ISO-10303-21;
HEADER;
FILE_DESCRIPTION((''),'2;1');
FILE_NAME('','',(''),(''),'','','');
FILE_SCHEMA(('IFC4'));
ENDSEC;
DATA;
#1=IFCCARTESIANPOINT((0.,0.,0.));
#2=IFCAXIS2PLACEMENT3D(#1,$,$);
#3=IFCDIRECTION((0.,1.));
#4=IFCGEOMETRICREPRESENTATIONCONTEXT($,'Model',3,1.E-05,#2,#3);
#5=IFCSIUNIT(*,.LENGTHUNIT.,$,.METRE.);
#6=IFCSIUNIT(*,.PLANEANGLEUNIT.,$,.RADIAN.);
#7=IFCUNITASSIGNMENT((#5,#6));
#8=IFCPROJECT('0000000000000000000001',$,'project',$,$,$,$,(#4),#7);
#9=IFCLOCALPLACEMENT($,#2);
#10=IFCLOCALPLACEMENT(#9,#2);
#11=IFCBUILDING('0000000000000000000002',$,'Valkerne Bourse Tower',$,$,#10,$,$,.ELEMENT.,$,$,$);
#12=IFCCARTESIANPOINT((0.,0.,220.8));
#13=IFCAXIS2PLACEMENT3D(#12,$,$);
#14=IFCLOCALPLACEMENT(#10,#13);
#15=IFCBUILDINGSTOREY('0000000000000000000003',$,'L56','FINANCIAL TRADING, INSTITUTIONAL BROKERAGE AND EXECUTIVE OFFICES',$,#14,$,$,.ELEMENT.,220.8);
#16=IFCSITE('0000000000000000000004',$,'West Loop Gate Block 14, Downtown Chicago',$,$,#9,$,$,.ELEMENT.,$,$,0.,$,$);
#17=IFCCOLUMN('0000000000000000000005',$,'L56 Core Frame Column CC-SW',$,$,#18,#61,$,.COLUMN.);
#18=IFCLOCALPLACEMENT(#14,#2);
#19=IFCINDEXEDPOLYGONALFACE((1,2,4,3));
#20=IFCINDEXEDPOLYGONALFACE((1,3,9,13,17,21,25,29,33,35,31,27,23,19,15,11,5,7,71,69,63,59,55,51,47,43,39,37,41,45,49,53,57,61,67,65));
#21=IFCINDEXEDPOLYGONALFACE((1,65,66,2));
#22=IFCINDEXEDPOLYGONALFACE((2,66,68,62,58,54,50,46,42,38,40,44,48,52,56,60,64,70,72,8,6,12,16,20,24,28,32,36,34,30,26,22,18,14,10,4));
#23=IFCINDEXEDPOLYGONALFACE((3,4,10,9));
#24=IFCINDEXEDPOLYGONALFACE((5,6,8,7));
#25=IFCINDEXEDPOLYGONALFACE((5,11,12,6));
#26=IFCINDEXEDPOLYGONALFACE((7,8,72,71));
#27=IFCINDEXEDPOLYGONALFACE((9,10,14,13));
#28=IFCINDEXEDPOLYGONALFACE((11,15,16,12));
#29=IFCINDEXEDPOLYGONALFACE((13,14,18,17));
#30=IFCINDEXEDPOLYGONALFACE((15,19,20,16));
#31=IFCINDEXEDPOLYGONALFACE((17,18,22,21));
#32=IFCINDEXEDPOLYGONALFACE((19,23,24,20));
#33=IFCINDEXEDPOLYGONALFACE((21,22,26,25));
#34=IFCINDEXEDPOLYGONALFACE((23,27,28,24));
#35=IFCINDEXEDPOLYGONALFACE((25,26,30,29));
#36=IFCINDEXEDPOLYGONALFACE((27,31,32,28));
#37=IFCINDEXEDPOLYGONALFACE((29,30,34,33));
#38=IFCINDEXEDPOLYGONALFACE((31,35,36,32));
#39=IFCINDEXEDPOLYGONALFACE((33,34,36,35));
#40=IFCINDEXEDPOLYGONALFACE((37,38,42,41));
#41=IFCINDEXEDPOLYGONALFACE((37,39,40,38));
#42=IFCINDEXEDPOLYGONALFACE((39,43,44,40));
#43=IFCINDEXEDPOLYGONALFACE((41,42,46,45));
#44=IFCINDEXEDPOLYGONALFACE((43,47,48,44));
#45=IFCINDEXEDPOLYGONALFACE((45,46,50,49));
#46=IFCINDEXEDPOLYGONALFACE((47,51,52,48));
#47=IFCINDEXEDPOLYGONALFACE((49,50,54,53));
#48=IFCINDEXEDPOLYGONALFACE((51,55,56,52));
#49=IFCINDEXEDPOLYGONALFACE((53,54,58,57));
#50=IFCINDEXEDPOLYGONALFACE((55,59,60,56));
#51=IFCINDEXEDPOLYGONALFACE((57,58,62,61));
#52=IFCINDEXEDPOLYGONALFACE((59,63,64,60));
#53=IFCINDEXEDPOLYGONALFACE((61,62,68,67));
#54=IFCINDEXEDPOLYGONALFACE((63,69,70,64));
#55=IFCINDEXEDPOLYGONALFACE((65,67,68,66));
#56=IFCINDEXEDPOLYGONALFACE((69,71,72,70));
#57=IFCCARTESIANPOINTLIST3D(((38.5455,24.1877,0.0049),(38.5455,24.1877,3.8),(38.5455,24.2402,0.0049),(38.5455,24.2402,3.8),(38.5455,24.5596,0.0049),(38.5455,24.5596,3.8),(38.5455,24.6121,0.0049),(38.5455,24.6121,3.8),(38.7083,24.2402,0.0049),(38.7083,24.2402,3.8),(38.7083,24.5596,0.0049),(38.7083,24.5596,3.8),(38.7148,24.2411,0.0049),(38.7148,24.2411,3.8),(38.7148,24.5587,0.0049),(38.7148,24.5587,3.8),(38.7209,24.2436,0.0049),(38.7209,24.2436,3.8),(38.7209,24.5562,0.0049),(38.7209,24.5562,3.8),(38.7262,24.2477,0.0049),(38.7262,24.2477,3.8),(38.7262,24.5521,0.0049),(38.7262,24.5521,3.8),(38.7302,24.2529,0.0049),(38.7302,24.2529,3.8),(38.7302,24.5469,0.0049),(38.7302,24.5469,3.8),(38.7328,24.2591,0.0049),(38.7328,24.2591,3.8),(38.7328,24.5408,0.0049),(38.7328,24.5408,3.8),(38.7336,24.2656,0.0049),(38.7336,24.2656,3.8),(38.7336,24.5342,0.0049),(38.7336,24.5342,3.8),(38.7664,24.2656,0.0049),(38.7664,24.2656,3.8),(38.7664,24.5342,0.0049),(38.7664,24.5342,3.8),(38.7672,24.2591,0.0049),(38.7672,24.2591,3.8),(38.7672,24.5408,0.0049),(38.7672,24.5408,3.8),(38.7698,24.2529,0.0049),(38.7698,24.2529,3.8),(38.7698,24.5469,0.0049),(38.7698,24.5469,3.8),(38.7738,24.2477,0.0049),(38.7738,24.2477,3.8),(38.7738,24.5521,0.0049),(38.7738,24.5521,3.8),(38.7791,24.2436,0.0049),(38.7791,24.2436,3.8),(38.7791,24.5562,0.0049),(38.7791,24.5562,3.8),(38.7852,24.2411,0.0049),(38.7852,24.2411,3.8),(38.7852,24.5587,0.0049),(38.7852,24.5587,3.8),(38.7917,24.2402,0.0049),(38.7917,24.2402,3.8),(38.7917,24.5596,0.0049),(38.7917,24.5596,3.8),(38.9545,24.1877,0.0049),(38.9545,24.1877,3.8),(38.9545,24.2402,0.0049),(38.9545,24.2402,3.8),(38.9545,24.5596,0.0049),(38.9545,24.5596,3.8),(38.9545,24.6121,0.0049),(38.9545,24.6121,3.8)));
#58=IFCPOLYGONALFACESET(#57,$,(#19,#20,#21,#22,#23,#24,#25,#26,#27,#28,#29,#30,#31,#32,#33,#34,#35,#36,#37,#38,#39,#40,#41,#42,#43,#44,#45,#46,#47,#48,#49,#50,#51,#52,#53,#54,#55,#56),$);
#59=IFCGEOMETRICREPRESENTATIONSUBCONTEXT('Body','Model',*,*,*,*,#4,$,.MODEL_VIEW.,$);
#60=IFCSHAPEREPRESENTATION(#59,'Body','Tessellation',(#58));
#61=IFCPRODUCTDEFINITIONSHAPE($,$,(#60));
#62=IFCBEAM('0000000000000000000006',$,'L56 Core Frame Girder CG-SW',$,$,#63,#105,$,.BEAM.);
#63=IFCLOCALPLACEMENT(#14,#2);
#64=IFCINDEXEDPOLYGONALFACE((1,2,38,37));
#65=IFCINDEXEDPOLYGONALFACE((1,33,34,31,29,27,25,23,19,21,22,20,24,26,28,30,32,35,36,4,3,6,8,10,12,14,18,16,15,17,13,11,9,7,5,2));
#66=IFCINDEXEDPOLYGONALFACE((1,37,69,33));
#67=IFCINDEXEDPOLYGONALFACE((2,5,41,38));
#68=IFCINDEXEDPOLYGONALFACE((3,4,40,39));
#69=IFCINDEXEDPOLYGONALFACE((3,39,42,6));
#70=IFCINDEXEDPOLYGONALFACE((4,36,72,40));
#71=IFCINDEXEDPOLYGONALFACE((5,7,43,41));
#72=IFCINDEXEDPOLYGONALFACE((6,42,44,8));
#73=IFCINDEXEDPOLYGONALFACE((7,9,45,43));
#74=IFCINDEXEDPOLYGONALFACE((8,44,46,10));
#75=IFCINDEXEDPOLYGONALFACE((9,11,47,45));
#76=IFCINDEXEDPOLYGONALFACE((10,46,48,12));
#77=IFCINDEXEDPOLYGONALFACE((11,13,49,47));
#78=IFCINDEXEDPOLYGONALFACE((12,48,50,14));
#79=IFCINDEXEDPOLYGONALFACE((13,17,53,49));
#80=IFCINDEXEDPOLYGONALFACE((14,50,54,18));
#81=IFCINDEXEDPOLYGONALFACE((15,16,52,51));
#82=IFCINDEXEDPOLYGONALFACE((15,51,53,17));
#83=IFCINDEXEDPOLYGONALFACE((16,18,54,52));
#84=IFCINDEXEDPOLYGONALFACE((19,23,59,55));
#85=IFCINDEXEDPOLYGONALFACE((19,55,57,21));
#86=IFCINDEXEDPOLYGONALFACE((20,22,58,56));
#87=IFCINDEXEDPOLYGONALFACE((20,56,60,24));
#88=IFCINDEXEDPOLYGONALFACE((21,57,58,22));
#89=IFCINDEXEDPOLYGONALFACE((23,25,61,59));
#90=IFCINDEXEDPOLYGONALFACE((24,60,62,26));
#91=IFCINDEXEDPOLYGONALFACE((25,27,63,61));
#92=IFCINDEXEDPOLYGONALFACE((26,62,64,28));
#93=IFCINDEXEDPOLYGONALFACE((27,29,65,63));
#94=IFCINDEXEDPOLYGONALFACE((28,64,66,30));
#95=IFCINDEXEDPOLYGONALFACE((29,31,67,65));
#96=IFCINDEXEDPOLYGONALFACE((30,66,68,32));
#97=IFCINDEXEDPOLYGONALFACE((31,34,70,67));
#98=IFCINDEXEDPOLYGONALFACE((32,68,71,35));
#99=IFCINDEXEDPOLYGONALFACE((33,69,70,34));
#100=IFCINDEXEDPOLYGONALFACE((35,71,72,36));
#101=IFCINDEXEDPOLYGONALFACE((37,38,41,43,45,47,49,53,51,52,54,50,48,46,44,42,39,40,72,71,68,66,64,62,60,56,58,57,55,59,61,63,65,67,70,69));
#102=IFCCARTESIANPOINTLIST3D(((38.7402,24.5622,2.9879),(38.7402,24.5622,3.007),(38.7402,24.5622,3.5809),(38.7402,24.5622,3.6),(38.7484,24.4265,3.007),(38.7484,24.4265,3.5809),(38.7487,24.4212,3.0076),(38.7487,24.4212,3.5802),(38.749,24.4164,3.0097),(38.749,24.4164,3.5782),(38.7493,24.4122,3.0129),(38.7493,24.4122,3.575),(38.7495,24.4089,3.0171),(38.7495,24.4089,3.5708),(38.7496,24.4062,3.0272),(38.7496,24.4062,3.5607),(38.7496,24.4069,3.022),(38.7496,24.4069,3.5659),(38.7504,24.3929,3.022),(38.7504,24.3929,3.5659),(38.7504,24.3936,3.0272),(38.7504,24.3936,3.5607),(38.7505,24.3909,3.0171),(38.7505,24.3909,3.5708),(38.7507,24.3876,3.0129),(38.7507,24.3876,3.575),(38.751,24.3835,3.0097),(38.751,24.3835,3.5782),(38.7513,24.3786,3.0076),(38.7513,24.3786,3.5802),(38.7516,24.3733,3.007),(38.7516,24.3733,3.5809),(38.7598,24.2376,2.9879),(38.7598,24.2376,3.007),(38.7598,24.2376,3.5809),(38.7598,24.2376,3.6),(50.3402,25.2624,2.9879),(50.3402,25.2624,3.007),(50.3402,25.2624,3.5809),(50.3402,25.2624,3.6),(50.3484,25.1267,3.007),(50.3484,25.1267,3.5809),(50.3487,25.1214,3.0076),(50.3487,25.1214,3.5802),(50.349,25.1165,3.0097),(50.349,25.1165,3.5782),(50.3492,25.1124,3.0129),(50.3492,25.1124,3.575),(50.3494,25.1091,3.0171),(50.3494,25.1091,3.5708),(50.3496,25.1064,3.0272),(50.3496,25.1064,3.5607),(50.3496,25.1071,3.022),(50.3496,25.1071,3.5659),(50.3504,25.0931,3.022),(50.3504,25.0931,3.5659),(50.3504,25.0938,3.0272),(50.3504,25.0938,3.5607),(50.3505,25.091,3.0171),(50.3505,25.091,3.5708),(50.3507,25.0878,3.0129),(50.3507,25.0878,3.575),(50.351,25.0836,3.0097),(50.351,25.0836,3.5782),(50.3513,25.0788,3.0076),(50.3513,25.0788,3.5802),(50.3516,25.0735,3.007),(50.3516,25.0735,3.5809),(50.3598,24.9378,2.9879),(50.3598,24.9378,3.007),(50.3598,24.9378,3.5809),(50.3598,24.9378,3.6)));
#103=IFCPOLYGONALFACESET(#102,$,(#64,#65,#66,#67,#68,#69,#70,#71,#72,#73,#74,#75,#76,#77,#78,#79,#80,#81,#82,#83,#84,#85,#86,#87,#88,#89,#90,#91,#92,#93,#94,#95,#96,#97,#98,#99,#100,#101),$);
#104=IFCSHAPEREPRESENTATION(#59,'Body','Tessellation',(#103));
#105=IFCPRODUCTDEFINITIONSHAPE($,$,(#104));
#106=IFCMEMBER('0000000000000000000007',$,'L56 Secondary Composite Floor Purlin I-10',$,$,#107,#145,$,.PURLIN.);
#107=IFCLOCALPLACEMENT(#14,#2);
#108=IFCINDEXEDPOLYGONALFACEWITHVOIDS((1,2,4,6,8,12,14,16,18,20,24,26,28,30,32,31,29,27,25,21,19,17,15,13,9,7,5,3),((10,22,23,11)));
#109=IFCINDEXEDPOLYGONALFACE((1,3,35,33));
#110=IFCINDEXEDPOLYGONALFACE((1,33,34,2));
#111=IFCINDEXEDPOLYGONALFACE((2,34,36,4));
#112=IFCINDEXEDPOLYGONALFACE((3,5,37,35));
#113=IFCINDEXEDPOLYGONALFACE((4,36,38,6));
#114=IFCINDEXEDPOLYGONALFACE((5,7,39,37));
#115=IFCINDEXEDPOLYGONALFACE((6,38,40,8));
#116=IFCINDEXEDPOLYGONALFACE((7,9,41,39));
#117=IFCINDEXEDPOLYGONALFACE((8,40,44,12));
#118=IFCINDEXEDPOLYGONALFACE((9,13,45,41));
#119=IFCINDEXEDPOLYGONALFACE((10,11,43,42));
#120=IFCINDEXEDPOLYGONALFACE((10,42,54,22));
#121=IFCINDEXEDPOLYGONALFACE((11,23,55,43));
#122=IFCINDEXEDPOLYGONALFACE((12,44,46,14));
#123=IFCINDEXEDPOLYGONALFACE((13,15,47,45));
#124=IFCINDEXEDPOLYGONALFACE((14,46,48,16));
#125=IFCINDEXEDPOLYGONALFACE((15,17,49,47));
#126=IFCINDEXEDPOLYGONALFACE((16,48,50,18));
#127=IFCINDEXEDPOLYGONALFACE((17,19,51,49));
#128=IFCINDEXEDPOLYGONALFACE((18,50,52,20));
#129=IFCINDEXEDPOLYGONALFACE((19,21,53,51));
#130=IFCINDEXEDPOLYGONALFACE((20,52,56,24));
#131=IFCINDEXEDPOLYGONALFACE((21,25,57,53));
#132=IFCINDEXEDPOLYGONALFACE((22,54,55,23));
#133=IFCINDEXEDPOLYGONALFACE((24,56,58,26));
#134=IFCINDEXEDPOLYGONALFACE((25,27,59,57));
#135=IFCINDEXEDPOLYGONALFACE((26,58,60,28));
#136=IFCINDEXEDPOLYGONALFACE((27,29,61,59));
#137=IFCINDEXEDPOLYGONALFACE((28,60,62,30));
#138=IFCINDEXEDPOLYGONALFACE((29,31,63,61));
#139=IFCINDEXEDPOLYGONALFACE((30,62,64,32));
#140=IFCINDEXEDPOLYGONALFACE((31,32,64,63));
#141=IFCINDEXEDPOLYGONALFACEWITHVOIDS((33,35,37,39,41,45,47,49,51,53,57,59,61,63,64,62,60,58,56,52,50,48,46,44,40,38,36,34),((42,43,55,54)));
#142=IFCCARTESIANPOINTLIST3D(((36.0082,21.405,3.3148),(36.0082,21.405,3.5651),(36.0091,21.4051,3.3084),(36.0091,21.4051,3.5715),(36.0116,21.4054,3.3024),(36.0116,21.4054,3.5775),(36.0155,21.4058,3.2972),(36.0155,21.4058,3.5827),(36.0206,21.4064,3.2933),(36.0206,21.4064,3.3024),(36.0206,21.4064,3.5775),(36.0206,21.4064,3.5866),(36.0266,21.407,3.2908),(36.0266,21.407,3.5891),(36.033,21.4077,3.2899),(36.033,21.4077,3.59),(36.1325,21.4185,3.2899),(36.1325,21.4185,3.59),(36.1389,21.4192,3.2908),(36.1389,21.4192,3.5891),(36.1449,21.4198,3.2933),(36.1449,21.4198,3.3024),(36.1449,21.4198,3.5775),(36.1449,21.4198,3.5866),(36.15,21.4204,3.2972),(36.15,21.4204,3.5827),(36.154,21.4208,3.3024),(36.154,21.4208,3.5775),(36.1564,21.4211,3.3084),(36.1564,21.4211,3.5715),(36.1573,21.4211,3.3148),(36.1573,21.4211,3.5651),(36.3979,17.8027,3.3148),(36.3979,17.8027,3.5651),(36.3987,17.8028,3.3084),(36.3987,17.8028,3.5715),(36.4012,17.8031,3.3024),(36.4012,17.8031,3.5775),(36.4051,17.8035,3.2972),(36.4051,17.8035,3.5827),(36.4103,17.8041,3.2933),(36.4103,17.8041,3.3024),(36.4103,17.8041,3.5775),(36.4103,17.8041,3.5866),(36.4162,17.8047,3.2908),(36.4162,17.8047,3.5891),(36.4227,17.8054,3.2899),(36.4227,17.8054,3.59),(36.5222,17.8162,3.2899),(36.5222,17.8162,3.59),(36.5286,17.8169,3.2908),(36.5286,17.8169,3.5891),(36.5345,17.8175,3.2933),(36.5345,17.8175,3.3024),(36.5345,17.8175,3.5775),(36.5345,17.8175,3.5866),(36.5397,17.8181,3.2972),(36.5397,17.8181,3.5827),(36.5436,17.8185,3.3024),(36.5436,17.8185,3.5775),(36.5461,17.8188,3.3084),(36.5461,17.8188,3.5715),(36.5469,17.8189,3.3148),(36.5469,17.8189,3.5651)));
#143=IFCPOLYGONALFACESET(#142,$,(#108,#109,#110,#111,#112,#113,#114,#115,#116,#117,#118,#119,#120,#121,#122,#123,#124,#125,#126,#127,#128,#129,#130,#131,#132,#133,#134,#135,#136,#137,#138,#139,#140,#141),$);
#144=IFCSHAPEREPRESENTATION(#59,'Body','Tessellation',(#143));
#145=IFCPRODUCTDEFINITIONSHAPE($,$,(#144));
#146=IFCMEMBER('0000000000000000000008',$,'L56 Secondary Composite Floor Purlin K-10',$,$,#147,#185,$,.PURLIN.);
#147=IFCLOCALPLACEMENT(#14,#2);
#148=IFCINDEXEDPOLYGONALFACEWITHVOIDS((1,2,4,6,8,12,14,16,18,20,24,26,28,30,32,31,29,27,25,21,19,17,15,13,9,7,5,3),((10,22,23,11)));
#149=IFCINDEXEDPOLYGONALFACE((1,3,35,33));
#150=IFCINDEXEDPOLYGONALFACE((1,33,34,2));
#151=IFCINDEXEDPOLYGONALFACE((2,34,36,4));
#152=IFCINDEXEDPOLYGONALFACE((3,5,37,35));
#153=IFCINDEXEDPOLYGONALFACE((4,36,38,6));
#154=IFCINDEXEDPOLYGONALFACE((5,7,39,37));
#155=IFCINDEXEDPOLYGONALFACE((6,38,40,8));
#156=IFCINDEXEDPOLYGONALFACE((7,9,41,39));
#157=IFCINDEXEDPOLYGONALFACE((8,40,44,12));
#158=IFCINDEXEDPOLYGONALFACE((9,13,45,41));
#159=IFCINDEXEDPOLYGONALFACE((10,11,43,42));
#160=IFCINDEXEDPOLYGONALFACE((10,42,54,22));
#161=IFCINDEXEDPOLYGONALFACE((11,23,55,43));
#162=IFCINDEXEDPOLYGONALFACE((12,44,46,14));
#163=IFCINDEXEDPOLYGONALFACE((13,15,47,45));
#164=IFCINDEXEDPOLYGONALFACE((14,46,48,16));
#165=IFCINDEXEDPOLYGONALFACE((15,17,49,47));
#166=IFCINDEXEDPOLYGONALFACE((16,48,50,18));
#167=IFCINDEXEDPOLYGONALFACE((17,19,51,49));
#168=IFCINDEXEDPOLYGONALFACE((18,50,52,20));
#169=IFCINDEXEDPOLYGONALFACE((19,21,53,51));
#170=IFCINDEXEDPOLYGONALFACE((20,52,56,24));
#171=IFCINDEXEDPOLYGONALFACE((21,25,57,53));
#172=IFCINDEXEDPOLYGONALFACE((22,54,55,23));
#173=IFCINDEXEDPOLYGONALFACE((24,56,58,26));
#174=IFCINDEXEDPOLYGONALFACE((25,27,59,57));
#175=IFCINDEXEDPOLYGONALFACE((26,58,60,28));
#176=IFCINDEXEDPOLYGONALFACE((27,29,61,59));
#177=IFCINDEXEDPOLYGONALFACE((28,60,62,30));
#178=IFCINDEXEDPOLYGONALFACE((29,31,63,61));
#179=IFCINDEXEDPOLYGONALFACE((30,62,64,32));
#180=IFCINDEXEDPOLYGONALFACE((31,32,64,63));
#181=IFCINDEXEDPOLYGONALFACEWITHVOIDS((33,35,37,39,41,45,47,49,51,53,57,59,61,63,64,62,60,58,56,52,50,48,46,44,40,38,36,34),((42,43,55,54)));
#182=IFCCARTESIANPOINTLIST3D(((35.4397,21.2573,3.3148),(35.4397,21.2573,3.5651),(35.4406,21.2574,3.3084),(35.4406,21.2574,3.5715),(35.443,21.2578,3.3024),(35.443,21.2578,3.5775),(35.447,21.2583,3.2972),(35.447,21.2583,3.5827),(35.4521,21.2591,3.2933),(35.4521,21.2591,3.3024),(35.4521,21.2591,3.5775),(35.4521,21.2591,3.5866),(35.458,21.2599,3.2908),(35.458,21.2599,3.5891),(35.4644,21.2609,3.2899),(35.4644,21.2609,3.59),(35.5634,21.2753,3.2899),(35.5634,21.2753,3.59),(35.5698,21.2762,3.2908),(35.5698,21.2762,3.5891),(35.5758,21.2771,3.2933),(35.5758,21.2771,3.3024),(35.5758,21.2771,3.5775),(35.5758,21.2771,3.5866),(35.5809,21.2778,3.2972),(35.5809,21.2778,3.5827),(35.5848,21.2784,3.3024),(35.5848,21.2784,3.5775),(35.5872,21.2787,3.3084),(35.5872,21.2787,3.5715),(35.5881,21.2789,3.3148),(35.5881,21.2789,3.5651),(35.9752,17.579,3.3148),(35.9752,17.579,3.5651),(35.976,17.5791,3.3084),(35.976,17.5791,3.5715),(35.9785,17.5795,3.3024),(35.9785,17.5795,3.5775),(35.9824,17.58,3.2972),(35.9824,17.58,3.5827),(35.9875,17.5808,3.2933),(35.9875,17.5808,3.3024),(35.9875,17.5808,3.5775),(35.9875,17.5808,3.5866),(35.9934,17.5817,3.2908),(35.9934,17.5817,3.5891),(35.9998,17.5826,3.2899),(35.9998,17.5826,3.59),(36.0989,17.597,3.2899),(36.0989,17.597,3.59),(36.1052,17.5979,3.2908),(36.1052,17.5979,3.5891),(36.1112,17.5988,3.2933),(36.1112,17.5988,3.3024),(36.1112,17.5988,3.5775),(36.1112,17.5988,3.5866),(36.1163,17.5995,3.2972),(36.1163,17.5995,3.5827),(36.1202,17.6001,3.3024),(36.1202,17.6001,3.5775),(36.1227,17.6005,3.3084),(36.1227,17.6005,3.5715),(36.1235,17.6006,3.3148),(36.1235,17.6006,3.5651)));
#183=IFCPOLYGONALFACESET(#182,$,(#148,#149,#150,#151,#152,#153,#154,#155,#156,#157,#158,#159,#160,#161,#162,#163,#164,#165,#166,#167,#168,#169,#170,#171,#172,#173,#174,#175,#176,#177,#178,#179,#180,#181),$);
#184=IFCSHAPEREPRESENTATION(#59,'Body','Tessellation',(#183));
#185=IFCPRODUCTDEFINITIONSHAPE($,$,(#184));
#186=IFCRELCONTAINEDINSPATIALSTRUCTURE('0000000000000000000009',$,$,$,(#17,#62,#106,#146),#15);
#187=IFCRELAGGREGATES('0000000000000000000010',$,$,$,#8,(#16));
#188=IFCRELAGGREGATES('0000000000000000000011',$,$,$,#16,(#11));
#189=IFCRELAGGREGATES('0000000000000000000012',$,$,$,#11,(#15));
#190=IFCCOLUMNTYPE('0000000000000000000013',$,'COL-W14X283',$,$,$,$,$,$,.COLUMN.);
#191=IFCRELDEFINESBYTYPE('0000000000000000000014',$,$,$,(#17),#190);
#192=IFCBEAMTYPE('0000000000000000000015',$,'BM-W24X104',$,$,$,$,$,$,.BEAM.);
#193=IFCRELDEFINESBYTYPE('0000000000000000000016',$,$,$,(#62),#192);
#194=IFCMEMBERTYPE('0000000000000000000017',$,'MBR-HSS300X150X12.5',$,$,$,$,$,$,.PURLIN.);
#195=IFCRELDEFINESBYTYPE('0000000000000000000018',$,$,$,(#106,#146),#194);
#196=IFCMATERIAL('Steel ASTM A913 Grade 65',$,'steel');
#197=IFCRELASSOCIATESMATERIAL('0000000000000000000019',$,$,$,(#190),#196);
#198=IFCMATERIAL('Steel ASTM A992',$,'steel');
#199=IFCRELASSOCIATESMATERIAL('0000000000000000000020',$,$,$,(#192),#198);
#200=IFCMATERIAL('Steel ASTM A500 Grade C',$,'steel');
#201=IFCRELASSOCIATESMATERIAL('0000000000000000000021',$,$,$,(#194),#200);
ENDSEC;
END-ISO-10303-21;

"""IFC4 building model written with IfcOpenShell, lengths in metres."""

from ifc_helpers import new_model, si_unit, direction, frame, origin, origin_2d, place, context, subcontext, project, spatial, hollow_rectangle, i_section, extrude, material, material_profile, profile_set, type_object, element, save


model = new_model("IFC4")

# Units and contexts
model_context = context("Model", 3, precision=1e-05, world=origin(), true_north=direction((0.0, 1.0)))
body_context = subcontext(model_context, "Body", "Model", "MODEL_VIEW")
ifc_project = project(units=[si_unit("LENGTHUNIT", "METRE"), si_unit("PLANEANGLEUNIT", "RADIAN")], contexts=[model_context])

# Site, building, storey
site_placement = place(None, origin())
site = spatial("IfcSite", under=ifc_project, at=site_placement, Name="West Loop Gate Block 14, Downtown Chicago", CompositionType="ELEMENT", RefElevation=0.0)
building_placement = place(site_placement, origin())
building = spatial("IfcBuilding", under=site, at=building_placement, Name="Valkerne Bourse Tower", CompositionType="ELEMENT")
storey_placement = place(building_placement, frame((0.0, 0.0, 220.8)))
storey = spatial("IfcBuildingStorey", under=building, at=storey_placement, Name="L56", Description="FINANCIAL TRADING, INSTITUTIONAL BROKERAGE AND EXECUTIVE OFFICES", CompositionType="ELEMENT", Elevation=220.8)

# Column
ifc_material_1 = material(Name="Steel ASTM A913 Grade 65", Category="steel")
ifc_material_profile_1 = material_profile(ifc_material_1, i_section(OverallWidth=0.4089, OverallDepth=0.4243, WebThickness=0.0327, FlangeThickness=0.0525, FilletRadius=0.0254, at=origin_2d()), Name="W14X283")
ifc_profile_set_1 = profile_set([ifc_material_profile_1], Name="Steel ASTM A913 Grade 65")
column_type = type_object("IfcColumnType", Name="COL-W14X283", PredefinedType="COLUMN", material=ifc_profile_set_1)
column_placement = place(storey_placement, frame((38.75, 24.3999, 0.0049), z_axis=(0.0, 0.0, 1.0), x_axis=(1.0, 0.0, 0.0)))
element("IfcColumn", 1, at=column_placement, inside=storey, type_object=column_type, Name="L56 Core Frame Column CC-SW", PredefinedType="COLUMN", context=body_context, shape_type="SweptSolid", body=[
    extrude(i_section(OverallWidth=0.4089, OverallDepth=0.4243, WebThickness=0.0327, FlangeThickness=0.0525, FilletRadius=0.0254, at=origin_2d()), origin(), (0.0, 0.0, 1.0), 3.7952),
])

# Beam
ifc_material_2 = material(Name="Steel ASTM A992", Category="steel")
ifc_material_profile_2 = material_profile(ifc_material_2, i_section(OverallWidth=0.3252, OverallDepth=0.6121, WebThickness=0.0127, FlangeThickness=0.019, FilletRadius=0.0203, at=origin_2d()), Name="W24X104")
ifc_profile_set_2 = profile_set([ifc_material_profile_2], Name="Steel ASTM A992")
beam_type = type_object("IfcBeamType", Name="BM-W24X104", PredefinedType="BEAM", material=ifc_profile_set_2)
beam_placement = place(storey_placement, frame((38.75, 24.3999, 3.2939), z_axis=(0.998183, 0.060251, 0.0), x_axis=(-0.060251, 0.998183, 0.0)))
element("IfcBeam", 2, at=beam_placement, inside=storey, type_object=beam_type, Name="L56 Core Frame Girder CG-SW", PredefinedType="BEAM", context=body_context, shape_type="SweptSolid", body=[
    extrude(i_section(OverallWidth=0.3252, OverallDepth=0.6121, WebThickness=0.0127, FlangeThickness=0.019, FilletRadius=0.0203, at=origin_2d()), origin(), (0.0, 0.0, 1.0), 11.6211),
])

# Members
ifc_material_3 = material(Name="Steel ASTM A500 Grade C", Category="steel")
ifc_material_profile_3 = material_profile(ifc_material_3, hollow_rectangle(XDim=0.1499, YDim=0.3, WallThickness=0.0125, OuterFilletRadius=0.0249, at=origin_2d()), Name="HSS300X150X12.5")
ifc_profile_set_3 = profile_set([ifc_material_profile_3], Name="Steel ASTM A500 Grade C")
member_type = type_object("IfcMemberType", Name="MBR-HSS300X150X12.5", PredefinedType="PURLIN", material=ifc_profile_set_3)
member_1_placement = place(storey_placement, frame((36.0828, 21.4131, 3.4399), z_axis=(0.107539, -0.994201, 0.0), x_axis=(0.994201, 0.107539, 0.0)))
element("IfcMember", 3, at=member_1_placement, inside=storey, type_object=member_type, Name="L56 Secondary Composite Floor Purlin I-10", PredefinedType="PURLIN", context=body_context, shape_type="SweptSolid", body=[
    extrude(hollow_rectangle(XDim=0.1499, YDim=0.3, WallThickness=0.0125, OuterFilletRadius=0.0249, at=origin_2d()), origin(), (0.0, 0.0, 1.0), 3.6233),
])
member_2_placement = place(storey_placement, frame((35.5139, 21.2681, 3.4399), z_axis=(0.144042, -0.989572, 0.0), x_axis=(0.989572, 0.144042, 0.0)))
element("IfcMember", 4, at=member_2_placement, inside=storey, type_object=member_type, Name="L56 Secondary Composite Floor Purlin K-10", PredefinedType="PURLIN", context=body_context, shape_type="SweptSolid", body=[
    extrude(hollow_rectangle(XDim=0.1499, YDim=0.3, WallThickness=0.0125, OuterFilletRadius=0.0249, at=origin_2d()), origin(), (0.0, 0.0, 1.0), 3.717),
])

save(model, "model.ifc")
